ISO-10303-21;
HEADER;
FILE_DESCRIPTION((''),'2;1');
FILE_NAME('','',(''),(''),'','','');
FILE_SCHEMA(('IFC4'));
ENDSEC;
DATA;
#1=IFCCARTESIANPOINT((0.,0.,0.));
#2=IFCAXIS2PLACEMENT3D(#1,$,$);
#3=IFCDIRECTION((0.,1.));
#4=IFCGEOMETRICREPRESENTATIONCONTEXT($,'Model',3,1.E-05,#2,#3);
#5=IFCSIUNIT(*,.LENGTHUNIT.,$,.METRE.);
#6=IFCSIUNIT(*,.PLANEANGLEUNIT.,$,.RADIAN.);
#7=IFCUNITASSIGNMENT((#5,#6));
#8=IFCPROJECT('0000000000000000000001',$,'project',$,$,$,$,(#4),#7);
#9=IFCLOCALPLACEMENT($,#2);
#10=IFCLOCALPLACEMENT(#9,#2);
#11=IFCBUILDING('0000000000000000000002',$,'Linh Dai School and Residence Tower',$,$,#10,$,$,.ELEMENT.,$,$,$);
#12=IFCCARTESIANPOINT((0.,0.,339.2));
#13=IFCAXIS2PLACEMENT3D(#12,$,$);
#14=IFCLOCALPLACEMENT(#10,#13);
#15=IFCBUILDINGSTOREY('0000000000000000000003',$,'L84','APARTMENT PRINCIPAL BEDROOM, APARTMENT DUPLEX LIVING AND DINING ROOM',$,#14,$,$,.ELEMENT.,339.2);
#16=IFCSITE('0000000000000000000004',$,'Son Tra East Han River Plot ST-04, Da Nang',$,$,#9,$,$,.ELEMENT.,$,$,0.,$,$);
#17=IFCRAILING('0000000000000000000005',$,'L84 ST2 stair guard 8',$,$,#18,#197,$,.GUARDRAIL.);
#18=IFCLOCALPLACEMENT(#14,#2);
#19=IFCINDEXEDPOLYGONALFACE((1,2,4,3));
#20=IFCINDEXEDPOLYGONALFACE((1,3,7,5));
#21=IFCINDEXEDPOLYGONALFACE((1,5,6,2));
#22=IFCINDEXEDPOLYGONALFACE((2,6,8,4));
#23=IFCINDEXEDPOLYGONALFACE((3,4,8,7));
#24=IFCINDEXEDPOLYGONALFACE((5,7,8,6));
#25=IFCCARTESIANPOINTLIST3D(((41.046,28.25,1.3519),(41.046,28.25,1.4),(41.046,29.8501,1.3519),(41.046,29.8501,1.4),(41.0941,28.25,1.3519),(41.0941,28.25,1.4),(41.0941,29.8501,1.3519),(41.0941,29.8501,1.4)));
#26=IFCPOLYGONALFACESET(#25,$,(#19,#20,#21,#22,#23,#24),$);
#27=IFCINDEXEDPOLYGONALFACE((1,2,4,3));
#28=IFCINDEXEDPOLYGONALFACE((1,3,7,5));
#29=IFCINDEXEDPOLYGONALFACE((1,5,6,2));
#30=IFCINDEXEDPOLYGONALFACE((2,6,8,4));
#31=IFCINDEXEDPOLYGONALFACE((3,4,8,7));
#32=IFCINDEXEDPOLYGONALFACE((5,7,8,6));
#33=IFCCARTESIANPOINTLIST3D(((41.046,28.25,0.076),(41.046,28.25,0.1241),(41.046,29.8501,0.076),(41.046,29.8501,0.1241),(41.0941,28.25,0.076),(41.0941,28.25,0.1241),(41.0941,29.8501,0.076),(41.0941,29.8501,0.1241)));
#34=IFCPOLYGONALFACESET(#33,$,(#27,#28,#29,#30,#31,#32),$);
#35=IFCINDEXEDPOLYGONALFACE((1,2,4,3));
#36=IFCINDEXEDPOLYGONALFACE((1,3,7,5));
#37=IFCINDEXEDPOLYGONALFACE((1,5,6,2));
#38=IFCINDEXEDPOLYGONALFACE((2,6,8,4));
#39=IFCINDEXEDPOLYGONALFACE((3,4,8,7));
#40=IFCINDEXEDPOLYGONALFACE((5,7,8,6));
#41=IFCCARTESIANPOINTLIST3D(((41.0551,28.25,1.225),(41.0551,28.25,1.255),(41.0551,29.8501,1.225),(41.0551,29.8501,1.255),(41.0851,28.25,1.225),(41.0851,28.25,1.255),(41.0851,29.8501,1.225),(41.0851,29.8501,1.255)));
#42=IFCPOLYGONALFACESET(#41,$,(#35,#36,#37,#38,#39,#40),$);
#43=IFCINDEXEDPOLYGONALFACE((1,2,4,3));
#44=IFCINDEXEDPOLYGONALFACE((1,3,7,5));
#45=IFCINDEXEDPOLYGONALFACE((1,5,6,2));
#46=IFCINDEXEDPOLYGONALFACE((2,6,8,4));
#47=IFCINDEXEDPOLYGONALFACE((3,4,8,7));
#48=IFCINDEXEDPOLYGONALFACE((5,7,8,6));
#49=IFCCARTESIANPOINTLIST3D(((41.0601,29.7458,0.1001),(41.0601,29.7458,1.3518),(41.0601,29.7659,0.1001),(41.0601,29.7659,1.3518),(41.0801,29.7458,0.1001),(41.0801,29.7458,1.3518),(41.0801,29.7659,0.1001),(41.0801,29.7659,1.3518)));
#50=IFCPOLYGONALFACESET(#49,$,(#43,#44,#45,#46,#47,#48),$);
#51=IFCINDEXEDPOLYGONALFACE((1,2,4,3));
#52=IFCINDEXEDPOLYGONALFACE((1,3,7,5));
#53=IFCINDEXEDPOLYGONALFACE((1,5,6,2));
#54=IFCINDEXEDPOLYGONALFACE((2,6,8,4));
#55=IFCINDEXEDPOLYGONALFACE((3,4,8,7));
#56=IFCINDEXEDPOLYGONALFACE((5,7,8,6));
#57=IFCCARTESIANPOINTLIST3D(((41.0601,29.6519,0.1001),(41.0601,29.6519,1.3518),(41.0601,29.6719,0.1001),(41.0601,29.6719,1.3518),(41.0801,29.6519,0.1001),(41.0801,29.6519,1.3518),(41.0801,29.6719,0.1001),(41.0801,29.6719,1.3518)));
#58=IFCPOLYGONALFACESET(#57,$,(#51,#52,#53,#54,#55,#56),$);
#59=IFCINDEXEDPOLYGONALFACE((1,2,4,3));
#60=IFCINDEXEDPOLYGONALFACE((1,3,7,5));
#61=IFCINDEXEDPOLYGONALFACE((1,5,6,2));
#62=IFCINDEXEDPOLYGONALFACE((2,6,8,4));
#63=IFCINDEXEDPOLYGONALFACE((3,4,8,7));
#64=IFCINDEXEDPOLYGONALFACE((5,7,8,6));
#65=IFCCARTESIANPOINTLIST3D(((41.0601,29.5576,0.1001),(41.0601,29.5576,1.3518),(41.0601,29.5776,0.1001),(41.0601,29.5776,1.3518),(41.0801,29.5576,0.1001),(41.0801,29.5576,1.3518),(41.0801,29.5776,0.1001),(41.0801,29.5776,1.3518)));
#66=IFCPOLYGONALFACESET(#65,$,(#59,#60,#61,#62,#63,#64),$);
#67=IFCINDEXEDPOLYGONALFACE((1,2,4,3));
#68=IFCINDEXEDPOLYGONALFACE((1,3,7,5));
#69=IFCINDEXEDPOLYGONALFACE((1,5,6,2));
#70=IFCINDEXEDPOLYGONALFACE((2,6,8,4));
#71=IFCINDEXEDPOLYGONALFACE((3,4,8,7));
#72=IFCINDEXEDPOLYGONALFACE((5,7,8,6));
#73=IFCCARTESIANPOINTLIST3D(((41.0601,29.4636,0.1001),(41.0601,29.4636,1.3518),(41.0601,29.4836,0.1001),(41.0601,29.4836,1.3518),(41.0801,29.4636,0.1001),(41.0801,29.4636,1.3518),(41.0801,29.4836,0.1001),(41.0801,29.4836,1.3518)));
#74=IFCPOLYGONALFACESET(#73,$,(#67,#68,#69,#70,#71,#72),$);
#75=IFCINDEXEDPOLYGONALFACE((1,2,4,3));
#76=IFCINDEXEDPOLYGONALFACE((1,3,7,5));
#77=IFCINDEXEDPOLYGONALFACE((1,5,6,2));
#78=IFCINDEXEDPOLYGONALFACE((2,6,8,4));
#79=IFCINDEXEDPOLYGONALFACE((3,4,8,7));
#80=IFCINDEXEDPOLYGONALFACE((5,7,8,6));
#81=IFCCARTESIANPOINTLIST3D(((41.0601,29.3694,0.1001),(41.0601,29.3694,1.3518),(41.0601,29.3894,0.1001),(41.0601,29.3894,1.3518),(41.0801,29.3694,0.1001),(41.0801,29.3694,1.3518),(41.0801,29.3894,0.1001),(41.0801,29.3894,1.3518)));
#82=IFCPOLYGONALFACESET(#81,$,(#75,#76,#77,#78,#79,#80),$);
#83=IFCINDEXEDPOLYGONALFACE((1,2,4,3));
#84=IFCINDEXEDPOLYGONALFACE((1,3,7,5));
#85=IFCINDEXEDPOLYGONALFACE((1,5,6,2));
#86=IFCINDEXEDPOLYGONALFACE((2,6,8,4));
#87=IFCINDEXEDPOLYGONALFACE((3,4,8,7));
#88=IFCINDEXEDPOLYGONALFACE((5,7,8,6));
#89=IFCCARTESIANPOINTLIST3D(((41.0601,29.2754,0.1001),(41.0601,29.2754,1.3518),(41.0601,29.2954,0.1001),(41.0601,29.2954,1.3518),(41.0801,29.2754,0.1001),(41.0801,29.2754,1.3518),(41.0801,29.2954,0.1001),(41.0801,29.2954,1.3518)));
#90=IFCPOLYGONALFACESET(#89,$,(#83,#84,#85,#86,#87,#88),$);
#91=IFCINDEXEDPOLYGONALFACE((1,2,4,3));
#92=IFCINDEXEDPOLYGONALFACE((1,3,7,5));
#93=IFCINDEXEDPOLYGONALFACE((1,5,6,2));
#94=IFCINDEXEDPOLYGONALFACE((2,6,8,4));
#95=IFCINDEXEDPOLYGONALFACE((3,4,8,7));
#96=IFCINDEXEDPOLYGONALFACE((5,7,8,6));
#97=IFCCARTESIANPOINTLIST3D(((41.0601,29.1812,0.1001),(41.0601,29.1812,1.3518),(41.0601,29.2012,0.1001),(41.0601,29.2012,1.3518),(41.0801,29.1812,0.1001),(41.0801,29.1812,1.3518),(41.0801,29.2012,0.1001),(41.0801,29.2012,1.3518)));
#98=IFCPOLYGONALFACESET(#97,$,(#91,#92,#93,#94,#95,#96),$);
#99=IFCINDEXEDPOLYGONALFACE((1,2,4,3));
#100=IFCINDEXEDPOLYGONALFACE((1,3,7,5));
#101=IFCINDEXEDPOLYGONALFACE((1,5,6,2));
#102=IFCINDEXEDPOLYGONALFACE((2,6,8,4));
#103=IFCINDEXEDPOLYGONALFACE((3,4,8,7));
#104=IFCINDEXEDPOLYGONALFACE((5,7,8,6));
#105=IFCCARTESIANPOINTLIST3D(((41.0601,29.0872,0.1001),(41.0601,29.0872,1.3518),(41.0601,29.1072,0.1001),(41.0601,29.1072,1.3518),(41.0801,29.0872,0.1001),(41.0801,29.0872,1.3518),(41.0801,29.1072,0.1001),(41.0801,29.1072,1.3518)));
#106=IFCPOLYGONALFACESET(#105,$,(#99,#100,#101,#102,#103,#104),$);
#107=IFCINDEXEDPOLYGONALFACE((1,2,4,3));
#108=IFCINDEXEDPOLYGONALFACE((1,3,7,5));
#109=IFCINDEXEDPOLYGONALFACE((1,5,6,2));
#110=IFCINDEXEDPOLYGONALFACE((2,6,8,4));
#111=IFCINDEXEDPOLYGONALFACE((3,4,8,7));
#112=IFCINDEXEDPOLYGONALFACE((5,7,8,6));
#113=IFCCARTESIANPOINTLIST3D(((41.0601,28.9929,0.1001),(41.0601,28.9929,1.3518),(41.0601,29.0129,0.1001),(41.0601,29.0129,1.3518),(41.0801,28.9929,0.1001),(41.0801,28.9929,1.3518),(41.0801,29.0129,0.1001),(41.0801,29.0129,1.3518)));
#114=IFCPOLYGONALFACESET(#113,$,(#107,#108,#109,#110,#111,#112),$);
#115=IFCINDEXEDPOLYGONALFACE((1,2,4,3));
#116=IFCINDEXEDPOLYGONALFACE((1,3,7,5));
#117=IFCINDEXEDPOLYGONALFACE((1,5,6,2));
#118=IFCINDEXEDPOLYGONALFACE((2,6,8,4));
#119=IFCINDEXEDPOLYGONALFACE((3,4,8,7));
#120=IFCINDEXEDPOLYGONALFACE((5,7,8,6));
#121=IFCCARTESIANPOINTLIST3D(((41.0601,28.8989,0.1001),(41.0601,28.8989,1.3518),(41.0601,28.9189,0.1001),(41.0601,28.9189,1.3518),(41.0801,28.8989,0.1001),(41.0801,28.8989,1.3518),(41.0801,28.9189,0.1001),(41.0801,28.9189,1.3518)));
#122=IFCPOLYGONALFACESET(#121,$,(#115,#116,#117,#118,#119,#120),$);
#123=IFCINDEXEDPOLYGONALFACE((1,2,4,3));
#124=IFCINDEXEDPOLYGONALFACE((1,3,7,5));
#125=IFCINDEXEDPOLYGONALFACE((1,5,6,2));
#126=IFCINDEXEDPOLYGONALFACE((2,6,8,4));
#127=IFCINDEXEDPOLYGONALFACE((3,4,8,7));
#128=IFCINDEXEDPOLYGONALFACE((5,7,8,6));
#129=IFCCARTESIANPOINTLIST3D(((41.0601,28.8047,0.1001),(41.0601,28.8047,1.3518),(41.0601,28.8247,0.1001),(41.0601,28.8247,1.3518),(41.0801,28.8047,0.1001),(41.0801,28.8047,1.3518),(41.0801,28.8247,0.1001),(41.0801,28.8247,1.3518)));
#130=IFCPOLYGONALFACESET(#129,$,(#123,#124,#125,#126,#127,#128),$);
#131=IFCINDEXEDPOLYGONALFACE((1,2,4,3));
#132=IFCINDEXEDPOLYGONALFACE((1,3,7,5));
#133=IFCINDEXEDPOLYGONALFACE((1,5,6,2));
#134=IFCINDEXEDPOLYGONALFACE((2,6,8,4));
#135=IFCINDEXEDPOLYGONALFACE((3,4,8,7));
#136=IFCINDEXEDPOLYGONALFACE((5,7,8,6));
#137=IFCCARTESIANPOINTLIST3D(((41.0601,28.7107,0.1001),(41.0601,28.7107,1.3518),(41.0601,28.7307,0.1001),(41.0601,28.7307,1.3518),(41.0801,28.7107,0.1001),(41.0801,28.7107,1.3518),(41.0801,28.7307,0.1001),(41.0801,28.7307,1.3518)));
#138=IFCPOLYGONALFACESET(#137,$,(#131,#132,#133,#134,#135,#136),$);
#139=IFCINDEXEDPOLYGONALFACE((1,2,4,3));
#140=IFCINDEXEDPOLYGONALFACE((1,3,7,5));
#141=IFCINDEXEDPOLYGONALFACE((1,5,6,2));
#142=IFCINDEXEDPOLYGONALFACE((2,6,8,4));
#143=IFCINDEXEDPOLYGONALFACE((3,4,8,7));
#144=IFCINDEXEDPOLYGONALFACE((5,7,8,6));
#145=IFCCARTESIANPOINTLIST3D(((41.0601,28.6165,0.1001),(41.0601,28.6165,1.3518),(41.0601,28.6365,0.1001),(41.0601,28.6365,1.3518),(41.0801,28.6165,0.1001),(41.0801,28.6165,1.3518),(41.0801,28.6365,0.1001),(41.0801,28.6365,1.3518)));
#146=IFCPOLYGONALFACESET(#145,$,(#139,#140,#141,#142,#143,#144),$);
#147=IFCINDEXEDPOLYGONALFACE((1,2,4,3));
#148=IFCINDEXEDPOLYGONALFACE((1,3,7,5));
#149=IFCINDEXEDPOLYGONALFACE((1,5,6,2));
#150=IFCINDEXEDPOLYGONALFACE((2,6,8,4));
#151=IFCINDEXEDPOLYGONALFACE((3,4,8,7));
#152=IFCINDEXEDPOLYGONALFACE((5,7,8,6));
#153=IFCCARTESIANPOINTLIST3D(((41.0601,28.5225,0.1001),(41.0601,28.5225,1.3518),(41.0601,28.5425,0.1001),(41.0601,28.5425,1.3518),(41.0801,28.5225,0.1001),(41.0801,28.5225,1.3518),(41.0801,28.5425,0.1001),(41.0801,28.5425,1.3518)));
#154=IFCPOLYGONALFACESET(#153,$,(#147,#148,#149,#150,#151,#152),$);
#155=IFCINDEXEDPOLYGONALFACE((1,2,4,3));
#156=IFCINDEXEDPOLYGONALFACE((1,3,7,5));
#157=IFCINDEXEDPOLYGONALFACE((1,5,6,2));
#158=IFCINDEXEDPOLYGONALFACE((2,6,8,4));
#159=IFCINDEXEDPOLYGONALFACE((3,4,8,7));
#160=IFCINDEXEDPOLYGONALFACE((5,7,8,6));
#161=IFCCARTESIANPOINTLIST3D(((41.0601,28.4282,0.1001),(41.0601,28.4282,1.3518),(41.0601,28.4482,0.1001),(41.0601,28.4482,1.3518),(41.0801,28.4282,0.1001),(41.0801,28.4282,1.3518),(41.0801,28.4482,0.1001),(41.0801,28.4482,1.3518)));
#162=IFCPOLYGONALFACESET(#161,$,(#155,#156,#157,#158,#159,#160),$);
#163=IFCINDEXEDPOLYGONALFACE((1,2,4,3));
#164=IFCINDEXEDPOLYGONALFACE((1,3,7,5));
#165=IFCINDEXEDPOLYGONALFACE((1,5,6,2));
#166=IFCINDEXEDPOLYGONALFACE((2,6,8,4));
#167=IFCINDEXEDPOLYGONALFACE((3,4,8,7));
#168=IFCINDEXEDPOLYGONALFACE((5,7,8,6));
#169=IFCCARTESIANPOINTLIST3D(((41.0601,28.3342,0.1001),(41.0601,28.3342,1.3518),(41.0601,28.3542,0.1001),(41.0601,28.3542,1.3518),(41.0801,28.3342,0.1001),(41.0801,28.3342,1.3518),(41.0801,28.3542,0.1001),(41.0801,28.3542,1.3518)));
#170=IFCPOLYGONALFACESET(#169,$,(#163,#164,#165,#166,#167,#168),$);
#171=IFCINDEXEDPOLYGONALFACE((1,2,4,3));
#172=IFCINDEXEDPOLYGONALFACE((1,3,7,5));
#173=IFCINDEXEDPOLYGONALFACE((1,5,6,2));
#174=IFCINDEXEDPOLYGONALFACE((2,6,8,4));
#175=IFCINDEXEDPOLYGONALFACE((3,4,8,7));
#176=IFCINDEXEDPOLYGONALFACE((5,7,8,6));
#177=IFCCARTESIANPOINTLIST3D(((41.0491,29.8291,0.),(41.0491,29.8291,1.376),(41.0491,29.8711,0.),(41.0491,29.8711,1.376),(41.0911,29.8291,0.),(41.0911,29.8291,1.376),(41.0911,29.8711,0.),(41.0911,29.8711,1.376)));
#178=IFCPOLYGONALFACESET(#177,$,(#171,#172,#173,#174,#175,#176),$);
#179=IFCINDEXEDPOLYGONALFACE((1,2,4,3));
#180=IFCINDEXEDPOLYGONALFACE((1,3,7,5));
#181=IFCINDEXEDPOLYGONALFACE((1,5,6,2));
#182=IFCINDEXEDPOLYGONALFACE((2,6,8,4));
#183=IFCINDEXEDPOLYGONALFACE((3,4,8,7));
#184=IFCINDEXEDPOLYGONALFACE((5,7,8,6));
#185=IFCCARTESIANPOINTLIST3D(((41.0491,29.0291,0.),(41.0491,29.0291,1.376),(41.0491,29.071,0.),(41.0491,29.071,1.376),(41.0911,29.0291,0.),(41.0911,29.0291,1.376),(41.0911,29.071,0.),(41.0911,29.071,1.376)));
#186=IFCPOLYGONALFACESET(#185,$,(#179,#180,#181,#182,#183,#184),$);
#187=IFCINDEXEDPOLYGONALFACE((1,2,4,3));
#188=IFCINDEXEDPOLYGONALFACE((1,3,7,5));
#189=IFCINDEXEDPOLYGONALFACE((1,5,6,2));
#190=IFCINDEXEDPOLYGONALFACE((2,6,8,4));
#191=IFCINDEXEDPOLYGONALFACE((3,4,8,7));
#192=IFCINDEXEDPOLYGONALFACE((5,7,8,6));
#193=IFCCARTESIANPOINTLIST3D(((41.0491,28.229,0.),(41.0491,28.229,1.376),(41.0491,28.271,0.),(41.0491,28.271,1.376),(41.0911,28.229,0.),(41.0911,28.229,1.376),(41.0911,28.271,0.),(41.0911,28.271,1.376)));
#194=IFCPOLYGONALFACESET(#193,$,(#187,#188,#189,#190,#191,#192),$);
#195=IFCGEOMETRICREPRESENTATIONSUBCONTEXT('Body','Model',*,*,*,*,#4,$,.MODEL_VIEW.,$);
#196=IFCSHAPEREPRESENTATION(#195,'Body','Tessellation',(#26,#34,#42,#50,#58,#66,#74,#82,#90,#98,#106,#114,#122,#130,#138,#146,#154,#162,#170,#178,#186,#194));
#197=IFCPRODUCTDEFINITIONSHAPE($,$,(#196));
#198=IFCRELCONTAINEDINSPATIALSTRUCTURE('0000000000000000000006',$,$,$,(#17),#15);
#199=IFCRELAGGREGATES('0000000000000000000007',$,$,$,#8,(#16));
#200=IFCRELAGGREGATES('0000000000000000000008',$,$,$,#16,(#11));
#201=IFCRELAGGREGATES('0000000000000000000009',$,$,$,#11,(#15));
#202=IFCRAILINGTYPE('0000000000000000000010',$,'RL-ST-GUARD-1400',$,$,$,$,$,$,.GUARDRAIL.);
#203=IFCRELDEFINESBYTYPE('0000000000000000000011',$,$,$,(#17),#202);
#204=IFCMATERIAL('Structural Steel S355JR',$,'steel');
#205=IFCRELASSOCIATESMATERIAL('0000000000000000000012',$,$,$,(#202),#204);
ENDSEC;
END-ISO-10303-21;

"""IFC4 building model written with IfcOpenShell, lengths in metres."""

from ifc_helpers import new_model, si_unit, direction, frame, origin, origin_2d, place, context, subcontext, project, spatial, rectangle, extrude, source, transform, mapped, material, type_object, element, save


model = new_model("IFC4")

# Units and contexts
model_context = context("Model", 3, precision=1e-05, world=origin(), true_north=direction((0.0, 1.0)))
body_context = subcontext(model_context, "Body", "Model", "MODEL_VIEW")
ifc_project = project(units=[si_unit("LENGTHUNIT", "METRE"), si_unit("PLANEANGLEUNIT", "RADIAN")], contexts=[model_context])

# Site, building, storey
site_placement = place(None, origin())
site = spatial("IfcSite", under=ifc_project, at=site_placement, Name="Son Tra East Han River Plot ST-04, Da Nang", CompositionType="ELEMENT", RefElevation=0.0)
building_placement = place(site_placement, origin())
building = spatial("IfcBuilding", under=site, at=building_placement, Name="Linh Dai School and Residence Tower", CompositionType="ELEMENT")
storey_placement = place(building_placement, frame((0.0, 0.0, 339.2)))
storey = spatial("IfcBuildingStorey", under=building, at=storey_placement, Name="L84", Description="APARTMENT PRINCIPAL BEDROOM, APARTMENT DUPLEX LIVING AND DINING ROOM", CompositionType="ELEMENT", Elevation=339.2)

# Shared definitions
ifc_material_1 = material(Name="Structural Steel S355JR", Category="steel")

# Railing
railing_type_1 = type_object("IfcRailingType", Name="RL-ST-GUARD-1400", PredefinedType="GUARDRAIL", material=ifc_material_1)
shared_shape_1 = source(origin(), body_context, "Body", "SweptSolid", [
    extrude(rectangle(XDim=0.0481, YDim=0.0481, at=origin_2d()), frame((0.0, 0.0, 1.376), z_axis=(0.0, -1.0, 0.0), x_axis=(1.0, 0.0, 0.0)), (0.0, 0.0, 1.0), 1.6001),
    extrude(rectangle(XDim=0.0481, YDim=0.0481, at=origin_2d()), frame((0.0, 0.0, 0.1001), z_axis=(0.0, -1.0, 0.0), x_axis=(1.0, 0.0, 0.0)), (0.0, 0.0, 1.0), 1.6001),
    extrude(rectangle(XDim=0.03, YDim=0.03, at=origin_2d()), frame((0.0, 0.0, 1.24), z_axis=(0.0, -1.0, 0.0), x_axis=(1.0, 0.0, 0.0)), (0.0, 0.0, 1.0), 1.6001),
    extrude(rectangle(XDim=0.02, YDim=0.02, at=origin_2d()), frame((0.0, -0.0942, 0.1001)), (0.0, 0.0, 1.0), 1.2517),
    extrude(rectangle(XDim=0.02, YDim=0.02, at=origin_2d()), frame((0.0, -0.1882, 0.1001)), (0.0, 0.0, 1.0), 1.2517),
    extrude(rectangle(XDim=0.02, YDim=0.02, at=origin_2d()), frame((0.0, -0.2825, 0.1001)), (0.0, 0.0, 1.0), 1.2517),
    extrude(rectangle(XDim=0.02, YDim=0.02, at=origin_2d()), frame((0.0, -0.3765, 0.1001)), (0.0, 0.0, 1.0), 1.2517),
    extrude(rectangle(XDim=0.02, YDim=0.02, at=origin_2d()), frame((0.0, -0.4707, 0.1001)), (0.0, 0.0, 1.0), 1.2517),
    extrude(rectangle(XDim=0.02, YDim=0.02, at=origin_2d()), frame((0.0, -0.5647, 0.1001)), (0.0, 0.0, 1.0), 1.2517),
    extrude(rectangle(XDim=0.02, YDim=0.02, at=origin_2d()), frame((0.0, -0.6589, 0.1001)), (0.0, 0.0, 1.0), 1.2517),
    extrude(rectangle(XDim=0.02, YDim=0.02, at=origin_2d()), frame((0.0, -0.7529, 0.1001)), (0.0, 0.0, 1.0), 1.2517),
    extrude(rectangle(XDim=0.02, YDim=0.02, at=origin_2d()), frame((0.0, -0.8472, 0.1001)), (0.0, 0.0, 1.0), 1.2517),
    extrude(rectangle(XDim=0.02, YDim=0.02, at=origin_2d()), frame((0.0, -0.9412, 0.1001)), (0.0, 0.0, 1.0), 1.2517),
    extrude(rectangle(XDim=0.02, YDim=0.02, at=origin_2d()), frame((0.0, -1.0354, 0.1001)), (0.0, 0.0, 1.0), 1.2517),
    extrude(rectangle(XDim=0.02, YDim=0.02, at=origin_2d()), frame((0.0, -1.1294, 0.1001)), (0.0, 0.0, 1.0), 1.2517),
    extrude(rectangle(XDim=0.02, YDim=0.02, at=origin_2d()), frame((0.0, -1.2236, 0.1001)), (0.0, 0.0, 1.0), 1.2517),
    extrude(rectangle(XDim=0.02, YDim=0.02, at=origin_2d()), frame((0.0, -1.3176, 0.1001)), (0.0, 0.0, 1.0), 1.2517),
    extrude(rectangle(XDim=0.02, YDim=0.02, at=origin_2d()), frame((0.0, -1.4119, 0.1001)), (0.0, 0.0, 1.0), 1.2517),
    extrude(rectangle(XDim=0.02, YDim=0.02, at=origin_2d()), frame((0.0, -1.5059, 0.1001)), (0.0, 0.0, 1.0), 1.2517),
    extrude(rectangle(XDim=0.042, YDim=0.042, at=origin_2d()), origin(), (0.0, 0.0, 1.0), 1.376),
    extrude(rectangle(XDim=0.042, YDim=0.042, at=origin_2d()), frame((0.0, -0.8, 0.0)), (0.0, 0.0, 1.0), 1.376),
    extrude(rectangle(XDim=0.042, YDim=0.042, at=origin_2d()), frame((0.0, -1.6001, 0.0)), (0.0, 0.0, 1.0), 1.376),
])
for number, where, name in (
    (1, (41.0701, 29.8501, 0.0), "L84 ST2 stair guard 8"),
):
    element("IfcRailing", number, at=place(storey_placement, frame(where)), inside=storey, type_object=railing_type_1, Name=name, PredefinedType="GUARDRAIL", context=body_context, shape_type="MappedRepresentation", body=[
        mapped(shared_shape_1, transform((0.0, 0.0, 0.0), x_axis=(1.0, 0.0, 0.0), y_axis=(0.0, 1.0, 0.0), z_axis=(0.0, 0.0, 1.0), scale=1.0)),
    ])

save(model, "model.ifc")
